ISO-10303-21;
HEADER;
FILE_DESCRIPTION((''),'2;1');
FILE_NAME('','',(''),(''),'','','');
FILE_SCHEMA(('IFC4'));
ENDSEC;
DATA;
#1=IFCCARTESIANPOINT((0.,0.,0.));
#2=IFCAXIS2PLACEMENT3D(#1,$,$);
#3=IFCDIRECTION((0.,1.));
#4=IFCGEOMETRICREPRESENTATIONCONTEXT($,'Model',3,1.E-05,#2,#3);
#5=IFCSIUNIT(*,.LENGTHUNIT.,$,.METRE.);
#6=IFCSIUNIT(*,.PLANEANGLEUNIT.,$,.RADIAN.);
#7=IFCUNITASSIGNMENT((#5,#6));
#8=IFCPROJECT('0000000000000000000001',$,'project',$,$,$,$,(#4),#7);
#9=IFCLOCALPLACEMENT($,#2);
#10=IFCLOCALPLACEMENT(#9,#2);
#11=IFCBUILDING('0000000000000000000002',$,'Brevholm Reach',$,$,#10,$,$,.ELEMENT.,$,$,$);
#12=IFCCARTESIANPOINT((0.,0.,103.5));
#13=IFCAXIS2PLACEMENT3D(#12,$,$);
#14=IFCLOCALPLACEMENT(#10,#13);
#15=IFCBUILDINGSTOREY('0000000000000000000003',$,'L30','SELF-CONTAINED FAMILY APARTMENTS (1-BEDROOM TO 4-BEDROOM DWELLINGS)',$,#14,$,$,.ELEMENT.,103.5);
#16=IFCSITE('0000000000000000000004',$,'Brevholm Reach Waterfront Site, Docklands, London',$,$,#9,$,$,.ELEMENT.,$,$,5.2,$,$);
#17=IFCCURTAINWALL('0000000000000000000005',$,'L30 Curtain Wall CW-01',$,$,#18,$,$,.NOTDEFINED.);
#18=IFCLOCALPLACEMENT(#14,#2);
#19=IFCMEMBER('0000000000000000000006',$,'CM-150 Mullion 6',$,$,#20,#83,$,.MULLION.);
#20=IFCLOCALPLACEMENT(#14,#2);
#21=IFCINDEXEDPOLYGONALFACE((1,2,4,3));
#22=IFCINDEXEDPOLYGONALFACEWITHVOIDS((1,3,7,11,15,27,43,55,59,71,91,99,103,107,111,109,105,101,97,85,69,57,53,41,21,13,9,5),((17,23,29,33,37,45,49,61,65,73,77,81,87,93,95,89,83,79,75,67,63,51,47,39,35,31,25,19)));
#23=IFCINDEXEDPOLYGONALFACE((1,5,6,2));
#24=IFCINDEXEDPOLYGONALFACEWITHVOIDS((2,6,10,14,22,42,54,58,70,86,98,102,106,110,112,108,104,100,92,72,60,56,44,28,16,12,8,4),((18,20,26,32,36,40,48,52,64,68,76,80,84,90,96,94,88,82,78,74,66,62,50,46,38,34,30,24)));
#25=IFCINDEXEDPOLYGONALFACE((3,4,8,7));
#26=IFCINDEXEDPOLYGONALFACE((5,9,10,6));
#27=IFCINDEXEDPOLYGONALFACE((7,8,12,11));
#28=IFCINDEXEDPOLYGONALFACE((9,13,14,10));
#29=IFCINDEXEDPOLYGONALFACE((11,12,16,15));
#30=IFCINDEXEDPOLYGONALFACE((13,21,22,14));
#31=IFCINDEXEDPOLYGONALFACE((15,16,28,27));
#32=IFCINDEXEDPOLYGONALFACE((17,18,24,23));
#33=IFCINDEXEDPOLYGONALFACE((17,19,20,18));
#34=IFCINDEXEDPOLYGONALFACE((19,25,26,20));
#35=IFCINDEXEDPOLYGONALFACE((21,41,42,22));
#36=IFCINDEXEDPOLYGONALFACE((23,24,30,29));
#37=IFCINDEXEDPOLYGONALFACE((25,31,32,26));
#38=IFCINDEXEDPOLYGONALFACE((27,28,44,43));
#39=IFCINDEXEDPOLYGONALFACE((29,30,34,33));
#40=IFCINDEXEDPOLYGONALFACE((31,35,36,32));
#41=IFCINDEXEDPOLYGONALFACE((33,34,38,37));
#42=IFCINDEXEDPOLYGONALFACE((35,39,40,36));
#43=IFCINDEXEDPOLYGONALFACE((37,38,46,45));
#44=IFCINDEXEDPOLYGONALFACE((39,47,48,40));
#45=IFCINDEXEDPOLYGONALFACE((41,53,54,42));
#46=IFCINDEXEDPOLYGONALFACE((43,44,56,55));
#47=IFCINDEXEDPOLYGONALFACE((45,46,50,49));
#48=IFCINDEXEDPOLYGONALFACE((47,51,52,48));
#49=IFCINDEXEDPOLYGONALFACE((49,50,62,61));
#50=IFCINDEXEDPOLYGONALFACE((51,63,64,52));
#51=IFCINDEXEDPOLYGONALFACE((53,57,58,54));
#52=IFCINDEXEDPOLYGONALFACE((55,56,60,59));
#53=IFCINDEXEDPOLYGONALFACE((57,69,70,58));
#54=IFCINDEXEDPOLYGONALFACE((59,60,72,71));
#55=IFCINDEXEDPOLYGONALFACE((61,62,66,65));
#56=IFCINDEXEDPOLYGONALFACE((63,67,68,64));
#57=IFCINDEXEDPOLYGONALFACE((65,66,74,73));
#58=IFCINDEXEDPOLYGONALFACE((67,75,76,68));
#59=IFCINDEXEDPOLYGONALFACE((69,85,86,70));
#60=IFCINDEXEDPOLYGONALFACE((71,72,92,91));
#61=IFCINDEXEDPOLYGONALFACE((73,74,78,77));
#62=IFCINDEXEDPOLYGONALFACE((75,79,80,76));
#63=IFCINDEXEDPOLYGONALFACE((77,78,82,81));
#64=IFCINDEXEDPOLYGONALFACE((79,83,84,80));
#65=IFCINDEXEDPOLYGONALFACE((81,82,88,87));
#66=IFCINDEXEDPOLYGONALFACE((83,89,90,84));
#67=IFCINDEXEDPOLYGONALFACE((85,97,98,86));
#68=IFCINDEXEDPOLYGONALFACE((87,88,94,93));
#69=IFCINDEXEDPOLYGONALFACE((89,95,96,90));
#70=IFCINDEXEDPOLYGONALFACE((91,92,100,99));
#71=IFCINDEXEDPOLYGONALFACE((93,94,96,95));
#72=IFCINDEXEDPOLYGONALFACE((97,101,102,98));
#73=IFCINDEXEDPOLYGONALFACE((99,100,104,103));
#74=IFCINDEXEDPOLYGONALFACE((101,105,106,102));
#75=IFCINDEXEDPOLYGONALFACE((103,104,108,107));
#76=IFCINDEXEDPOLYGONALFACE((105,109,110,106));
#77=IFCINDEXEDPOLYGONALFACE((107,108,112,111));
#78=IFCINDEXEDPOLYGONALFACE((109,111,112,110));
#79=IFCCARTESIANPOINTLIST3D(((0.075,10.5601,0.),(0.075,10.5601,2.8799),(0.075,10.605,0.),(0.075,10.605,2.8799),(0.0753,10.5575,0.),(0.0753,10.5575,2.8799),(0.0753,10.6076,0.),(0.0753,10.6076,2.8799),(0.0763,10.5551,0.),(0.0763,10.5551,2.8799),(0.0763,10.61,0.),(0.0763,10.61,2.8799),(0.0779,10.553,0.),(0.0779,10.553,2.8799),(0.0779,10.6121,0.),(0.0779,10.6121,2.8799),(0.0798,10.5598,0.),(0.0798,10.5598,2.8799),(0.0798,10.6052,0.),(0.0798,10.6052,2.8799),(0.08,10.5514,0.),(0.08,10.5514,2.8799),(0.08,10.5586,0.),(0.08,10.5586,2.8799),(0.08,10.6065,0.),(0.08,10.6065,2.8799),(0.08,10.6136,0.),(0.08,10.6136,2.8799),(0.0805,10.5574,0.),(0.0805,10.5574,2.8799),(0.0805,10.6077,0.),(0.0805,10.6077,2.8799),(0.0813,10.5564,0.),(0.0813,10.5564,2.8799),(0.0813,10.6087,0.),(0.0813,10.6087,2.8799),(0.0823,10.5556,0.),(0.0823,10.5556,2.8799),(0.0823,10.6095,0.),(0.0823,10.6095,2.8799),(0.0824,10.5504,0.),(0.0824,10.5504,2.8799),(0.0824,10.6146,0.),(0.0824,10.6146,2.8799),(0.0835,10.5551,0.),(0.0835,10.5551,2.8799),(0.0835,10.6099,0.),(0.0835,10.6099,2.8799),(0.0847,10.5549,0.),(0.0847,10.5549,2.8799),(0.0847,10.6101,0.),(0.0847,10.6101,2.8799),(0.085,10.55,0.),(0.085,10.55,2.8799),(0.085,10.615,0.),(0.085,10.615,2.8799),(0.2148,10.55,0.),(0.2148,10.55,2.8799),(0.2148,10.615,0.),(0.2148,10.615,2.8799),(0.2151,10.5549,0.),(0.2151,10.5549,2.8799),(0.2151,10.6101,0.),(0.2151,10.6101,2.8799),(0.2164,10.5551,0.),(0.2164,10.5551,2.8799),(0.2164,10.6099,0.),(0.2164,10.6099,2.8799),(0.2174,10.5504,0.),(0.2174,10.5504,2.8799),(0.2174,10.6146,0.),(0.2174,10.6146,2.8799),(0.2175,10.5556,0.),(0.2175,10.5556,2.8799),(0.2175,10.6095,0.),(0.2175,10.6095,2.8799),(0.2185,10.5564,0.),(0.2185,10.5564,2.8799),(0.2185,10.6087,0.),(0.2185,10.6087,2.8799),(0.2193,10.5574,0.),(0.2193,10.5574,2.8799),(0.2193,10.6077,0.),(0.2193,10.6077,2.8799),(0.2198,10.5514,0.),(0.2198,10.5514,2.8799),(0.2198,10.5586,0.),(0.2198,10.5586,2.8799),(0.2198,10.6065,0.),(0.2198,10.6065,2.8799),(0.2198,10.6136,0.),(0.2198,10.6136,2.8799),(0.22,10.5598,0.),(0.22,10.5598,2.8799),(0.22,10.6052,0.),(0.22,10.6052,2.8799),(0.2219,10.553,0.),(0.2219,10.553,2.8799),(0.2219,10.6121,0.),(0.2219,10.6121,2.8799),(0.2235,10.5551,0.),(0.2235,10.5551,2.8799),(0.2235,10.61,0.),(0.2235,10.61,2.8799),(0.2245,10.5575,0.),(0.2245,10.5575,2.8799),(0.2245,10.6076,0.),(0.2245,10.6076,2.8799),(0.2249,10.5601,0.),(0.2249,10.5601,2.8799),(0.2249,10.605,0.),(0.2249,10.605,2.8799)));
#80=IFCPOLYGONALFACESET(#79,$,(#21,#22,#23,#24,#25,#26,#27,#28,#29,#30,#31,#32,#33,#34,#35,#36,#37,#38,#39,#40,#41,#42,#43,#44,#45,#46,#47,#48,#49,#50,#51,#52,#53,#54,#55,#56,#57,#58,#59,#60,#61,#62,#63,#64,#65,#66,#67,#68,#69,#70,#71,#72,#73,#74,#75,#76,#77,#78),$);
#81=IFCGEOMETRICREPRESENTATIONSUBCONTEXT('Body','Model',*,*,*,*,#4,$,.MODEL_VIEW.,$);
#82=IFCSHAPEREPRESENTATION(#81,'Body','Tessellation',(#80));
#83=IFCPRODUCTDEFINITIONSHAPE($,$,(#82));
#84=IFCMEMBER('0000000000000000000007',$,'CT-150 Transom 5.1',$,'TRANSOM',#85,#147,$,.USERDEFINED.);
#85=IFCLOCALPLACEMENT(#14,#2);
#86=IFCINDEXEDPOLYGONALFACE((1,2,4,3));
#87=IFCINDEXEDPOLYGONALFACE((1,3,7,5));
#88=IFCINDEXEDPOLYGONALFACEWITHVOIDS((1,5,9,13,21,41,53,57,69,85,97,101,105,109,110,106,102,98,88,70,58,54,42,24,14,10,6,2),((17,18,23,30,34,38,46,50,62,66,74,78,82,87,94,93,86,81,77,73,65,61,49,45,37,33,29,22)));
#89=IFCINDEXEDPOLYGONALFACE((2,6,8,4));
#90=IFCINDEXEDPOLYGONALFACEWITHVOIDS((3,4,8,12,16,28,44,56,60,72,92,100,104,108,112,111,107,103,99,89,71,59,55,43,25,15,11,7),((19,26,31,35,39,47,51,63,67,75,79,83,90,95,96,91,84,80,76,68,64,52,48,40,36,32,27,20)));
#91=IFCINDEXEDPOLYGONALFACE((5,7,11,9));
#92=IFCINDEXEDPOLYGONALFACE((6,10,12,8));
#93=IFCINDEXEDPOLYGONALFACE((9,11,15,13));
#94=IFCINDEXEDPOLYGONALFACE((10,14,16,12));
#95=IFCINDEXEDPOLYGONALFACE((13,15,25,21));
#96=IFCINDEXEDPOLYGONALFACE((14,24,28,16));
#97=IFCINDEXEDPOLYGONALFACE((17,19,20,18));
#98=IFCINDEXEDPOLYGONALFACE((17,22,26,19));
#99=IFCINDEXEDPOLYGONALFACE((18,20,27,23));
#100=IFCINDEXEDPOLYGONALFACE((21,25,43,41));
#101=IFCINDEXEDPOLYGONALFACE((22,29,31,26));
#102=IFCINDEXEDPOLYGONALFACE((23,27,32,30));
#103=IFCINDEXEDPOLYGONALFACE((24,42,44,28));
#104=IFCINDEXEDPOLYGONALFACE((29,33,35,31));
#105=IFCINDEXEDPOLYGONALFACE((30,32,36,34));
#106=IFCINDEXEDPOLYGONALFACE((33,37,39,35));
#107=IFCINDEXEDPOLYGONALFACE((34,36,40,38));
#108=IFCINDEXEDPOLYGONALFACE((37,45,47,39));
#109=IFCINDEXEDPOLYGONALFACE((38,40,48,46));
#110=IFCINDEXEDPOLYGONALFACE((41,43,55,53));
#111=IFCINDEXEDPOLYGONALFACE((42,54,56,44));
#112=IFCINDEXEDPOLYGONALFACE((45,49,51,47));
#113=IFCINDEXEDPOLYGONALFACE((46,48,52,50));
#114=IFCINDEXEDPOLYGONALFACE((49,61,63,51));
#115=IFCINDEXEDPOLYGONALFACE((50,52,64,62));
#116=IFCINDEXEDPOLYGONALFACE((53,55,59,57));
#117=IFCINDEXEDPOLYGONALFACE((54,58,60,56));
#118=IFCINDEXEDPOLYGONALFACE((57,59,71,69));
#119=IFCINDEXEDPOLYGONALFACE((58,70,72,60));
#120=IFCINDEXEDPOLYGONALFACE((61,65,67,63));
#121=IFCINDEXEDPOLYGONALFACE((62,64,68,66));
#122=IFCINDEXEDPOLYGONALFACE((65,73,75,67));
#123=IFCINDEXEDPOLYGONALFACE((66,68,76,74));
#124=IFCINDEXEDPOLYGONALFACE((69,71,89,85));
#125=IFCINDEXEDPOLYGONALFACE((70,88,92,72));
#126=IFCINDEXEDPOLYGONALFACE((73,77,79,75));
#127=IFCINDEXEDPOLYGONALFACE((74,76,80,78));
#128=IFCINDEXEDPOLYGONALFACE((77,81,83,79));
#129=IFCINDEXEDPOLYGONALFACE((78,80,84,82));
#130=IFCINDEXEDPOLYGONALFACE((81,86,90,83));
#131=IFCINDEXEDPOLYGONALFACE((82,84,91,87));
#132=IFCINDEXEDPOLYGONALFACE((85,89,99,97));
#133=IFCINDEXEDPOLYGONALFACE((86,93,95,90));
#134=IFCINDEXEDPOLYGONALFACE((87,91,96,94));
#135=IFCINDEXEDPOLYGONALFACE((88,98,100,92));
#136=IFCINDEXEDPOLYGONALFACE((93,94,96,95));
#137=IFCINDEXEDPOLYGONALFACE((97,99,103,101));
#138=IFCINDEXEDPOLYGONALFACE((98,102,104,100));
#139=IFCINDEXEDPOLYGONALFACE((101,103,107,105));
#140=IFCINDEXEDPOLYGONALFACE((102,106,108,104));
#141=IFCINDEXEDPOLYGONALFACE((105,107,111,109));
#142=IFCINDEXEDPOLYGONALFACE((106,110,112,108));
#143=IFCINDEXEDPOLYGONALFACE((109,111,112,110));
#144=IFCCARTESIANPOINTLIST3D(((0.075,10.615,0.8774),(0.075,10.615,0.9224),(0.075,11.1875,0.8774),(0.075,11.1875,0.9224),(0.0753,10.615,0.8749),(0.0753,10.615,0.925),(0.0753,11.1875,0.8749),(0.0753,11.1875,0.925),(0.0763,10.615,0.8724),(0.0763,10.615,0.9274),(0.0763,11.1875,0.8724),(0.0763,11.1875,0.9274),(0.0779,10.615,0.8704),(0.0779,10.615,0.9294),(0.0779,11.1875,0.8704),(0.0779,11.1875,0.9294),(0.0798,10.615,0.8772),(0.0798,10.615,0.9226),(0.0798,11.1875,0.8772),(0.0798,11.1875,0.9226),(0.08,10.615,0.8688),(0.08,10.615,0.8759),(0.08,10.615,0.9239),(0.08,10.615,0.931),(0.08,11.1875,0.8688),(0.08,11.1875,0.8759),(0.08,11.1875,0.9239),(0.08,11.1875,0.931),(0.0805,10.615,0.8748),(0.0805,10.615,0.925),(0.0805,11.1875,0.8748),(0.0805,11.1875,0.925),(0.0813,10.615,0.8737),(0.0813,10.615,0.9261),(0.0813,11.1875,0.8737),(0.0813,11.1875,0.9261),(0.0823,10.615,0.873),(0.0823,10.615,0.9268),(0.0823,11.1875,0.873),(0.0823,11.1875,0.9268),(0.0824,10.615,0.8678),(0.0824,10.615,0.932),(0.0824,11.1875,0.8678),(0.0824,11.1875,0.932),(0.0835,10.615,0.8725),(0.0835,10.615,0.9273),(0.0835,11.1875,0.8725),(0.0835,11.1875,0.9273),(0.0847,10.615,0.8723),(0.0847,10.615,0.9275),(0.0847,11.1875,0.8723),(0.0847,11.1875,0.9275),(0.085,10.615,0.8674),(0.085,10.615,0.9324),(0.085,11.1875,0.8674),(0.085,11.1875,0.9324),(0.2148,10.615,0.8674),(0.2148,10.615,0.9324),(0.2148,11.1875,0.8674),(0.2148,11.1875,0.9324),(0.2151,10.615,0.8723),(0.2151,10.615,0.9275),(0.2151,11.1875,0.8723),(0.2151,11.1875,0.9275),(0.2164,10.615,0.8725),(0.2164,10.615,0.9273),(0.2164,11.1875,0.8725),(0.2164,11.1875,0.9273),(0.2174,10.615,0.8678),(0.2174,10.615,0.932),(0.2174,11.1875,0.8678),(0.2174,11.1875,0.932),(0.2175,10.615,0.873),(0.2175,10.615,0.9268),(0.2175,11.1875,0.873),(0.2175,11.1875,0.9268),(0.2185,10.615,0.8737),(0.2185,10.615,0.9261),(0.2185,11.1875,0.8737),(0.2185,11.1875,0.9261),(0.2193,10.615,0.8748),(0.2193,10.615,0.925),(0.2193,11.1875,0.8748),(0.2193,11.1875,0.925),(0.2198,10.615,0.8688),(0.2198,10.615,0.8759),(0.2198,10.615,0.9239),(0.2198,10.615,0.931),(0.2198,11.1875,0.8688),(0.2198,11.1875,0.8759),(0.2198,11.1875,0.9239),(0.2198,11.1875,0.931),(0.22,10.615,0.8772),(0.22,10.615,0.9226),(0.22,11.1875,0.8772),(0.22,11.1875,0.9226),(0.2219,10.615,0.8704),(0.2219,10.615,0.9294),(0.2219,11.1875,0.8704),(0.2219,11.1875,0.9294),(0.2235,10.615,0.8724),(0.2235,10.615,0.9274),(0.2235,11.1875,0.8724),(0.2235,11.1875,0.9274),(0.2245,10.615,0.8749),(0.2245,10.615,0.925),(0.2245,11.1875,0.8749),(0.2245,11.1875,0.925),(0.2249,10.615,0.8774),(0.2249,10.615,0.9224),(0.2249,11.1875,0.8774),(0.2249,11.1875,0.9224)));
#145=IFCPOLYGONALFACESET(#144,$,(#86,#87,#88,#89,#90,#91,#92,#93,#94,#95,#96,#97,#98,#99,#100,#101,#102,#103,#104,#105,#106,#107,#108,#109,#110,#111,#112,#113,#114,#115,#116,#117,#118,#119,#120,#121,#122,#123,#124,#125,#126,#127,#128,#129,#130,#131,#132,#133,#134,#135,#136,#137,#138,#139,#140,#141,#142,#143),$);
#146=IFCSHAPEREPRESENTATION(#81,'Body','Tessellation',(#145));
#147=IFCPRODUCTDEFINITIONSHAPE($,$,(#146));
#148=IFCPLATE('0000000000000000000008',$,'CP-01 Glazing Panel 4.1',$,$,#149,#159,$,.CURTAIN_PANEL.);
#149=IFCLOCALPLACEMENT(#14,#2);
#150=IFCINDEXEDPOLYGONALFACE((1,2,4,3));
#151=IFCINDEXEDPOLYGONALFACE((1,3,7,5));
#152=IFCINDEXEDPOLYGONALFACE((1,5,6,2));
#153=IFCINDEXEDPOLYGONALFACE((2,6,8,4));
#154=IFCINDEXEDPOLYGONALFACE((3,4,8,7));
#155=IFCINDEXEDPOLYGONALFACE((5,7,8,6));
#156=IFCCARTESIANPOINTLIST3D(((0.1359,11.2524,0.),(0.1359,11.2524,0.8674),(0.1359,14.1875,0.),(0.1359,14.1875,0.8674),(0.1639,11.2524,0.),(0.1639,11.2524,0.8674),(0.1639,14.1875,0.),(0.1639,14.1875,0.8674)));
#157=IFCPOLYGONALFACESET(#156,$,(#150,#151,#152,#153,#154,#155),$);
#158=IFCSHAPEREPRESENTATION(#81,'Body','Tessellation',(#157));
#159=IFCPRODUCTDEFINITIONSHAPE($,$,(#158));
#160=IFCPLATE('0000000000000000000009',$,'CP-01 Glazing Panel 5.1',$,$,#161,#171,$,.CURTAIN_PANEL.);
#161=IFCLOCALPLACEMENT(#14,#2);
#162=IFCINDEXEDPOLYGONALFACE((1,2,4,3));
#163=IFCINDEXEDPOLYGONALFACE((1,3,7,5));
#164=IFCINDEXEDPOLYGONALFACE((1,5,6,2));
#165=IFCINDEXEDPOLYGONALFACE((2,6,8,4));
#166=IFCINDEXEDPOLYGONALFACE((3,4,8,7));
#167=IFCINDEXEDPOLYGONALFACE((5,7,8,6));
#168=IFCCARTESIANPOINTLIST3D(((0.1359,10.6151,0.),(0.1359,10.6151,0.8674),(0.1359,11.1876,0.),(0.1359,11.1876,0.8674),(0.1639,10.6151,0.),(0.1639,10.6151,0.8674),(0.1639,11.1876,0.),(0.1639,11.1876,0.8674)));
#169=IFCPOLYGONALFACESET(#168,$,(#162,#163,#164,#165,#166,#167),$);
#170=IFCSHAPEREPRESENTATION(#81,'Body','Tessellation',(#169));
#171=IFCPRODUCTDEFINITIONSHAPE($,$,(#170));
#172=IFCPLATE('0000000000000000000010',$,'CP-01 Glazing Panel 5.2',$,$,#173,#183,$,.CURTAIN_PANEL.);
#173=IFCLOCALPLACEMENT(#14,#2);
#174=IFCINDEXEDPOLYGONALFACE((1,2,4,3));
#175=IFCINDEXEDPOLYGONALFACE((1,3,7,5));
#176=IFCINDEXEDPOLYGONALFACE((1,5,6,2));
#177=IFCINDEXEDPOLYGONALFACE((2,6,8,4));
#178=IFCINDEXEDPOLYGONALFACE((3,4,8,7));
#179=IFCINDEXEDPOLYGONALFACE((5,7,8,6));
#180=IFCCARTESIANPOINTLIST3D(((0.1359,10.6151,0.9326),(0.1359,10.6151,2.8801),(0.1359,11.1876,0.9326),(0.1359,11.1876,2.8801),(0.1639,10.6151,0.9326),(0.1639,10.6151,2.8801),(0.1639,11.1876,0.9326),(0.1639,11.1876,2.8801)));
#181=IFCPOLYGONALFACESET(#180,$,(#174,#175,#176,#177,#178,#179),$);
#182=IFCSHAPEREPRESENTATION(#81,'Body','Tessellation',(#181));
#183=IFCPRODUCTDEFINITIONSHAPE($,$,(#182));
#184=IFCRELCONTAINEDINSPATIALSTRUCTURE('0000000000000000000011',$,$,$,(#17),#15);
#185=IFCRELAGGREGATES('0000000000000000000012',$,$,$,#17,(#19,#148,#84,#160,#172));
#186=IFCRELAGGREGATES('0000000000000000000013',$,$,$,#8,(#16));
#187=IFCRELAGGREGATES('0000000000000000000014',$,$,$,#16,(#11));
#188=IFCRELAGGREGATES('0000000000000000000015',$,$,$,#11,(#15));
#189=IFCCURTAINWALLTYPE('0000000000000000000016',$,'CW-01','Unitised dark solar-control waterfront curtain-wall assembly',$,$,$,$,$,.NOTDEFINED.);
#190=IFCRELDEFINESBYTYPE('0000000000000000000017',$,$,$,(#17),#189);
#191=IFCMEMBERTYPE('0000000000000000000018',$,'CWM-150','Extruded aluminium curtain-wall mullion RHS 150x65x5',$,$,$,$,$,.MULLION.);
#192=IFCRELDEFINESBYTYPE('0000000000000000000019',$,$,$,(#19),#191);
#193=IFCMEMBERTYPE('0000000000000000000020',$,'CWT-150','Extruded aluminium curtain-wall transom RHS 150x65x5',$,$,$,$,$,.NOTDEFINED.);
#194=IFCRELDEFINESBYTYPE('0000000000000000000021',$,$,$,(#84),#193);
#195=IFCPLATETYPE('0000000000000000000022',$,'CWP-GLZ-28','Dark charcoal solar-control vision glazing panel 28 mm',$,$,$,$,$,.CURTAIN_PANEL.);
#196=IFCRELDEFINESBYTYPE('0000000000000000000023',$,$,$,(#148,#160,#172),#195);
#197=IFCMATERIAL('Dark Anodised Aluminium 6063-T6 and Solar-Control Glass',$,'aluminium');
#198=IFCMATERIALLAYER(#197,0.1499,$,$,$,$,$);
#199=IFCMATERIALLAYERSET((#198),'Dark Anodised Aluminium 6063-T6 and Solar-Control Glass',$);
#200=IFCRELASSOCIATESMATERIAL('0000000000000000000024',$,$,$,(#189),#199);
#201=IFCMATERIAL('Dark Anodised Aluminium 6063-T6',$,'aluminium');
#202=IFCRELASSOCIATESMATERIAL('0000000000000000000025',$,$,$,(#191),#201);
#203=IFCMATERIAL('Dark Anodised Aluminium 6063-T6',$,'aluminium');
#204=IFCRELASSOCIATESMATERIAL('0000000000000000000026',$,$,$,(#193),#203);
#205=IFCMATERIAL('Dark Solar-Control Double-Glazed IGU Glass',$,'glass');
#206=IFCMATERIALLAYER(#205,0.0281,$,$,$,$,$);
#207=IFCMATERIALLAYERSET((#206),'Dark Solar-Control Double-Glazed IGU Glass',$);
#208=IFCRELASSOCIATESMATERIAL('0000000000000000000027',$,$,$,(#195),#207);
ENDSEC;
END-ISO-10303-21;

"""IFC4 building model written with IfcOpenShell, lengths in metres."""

from ifc_helpers import new_model, si_unit, direction, frame, origin, origin_2d, place, context, subcontext, project, spatial, rectangle, hollow_rectangle, extrude, material, layer, layer_set, material_profile, profile_set, type_object, element, aggregate, save


model = new_model("IFC4")

# Units and contexts
model_context = context("Model", 3, precision=1e-05, world=origin(), true_north=direction((0.0, 1.0)))
body_context = subcontext(model_context, "Body", "Model", "MODEL_VIEW")
ifc_project = project(units=[si_unit("LENGTHUNIT", "METRE"), si_unit("PLANEANGLEUNIT", "RADIAN")], contexts=[model_context])

# Site, building, storey
site_placement = place(None, origin())
site = spatial("IfcSite", under=ifc_project, at=site_placement, Name="Brevholm Reach Waterfront Site, Docklands, London", CompositionType="ELEMENT", RefElevation=5.2)
building_placement = place(site_placement, origin())
building = spatial("IfcBuilding", under=site, at=building_placement, Name="Brevholm Reach", CompositionType="ELEMENT")
storey_placement = place(building_placement, frame((0.0, 0.0, 103.5)))
storey = spatial("IfcBuildingStorey", under=building, at=storey_placement, Name="L30", Description="SELF-CONTAINED FAMILY APARTMENTS (1-BEDROOM TO 4-BEDROOM DWELLINGS)", CompositionType="ELEMENT", Elevation=103.5)

# Curtain wall, members, plates
ifc_material_1 = material(Name="Dark Anodised Aluminium 6063-T6 and Solar-Control Glass", Category="aluminium")
ifc_layer_1 = layer(ifc_material_1, 0.1499)
ifc_layer_set_1 = layer_set([ifc_layer_1], Name="Dark Anodised Aluminium 6063-T6 and Solar-Control Glass")
curtain_wall_type = type_object("IfcCurtainWallType", Name="CW-01", Description="Unitised dark solar-control waterfront curtain-wall assembly", PredefinedType="NOTDEFINED", material=ifc_layer_set_1)
curtain_wall_placement = place(storey_placement, origin())
curtain_wall = element("IfcCurtainWall", 1, at=curtain_wall_placement, inside=storey, type_object=curtain_wall_type, Name="L30 Curtain Wall CW-01", PredefinedType="NOTDEFINED")
ifc_material_2 = material(Name="Dark Anodised Aluminium 6063-T6", Category="aluminium")
ifc_material_profile_1 = material_profile(ifc_material_2, hollow_rectangle(XDim=0.0649, YDim=0.1499, WallThickness=0.0049, InnerFilletRadius=0.0049, OuterFilletRadius=0.01, at=origin_2d()), Name="RHS 150x65x5")
ifc_profile_set_1 = profile_set([ifc_material_profile_1], Name="Dark Anodised Aluminium 6063-T6")
member_type_1 = type_object("IfcMemberType", Name="CWM-150", Description="Extruded aluminium curtain-wall mullion RHS 150x65x5", PredefinedType="MULLION", material=ifc_profile_set_1)
member_1_placement = place(storey_placement, frame((0.1499, 10.5825, 0.0), z_axis=(0.0, 0.0, 1.0), x_axis=(0.0, -1.0, 0.0)))
member_1 = element("IfcMember", 2, at=member_1_placement, type_object=member_type_1, Name="CM-150 Mullion 6", PredefinedType="MULLION", context=body_context, shape_type="SweptSolid", body=[
    extrude(hollow_rectangle(XDim=0.0649, YDim=0.1499, WallThickness=0.0049, InnerFilletRadius=0.0049, OuterFilletRadius=0.01, at=origin_2d()), origin(), (0.0, 0.0, 1.0), 2.8799),
])
ifc_material_3 = material(Name="Dark Anodised Aluminium 6063-T6", Category="aluminium")
ifc_material_profile_2 = material_profile(ifc_material_3, hollow_rectangle(XDim=0.0649, YDim=0.1499, WallThickness=0.0049, InnerFilletRadius=0.0049, OuterFilletRadius=0.01, at=origin_2d()), Name="RHS 150x65x5")
ifc_profile_set_2 = profile_set([ifc_material_profile_2], Name="Dark Anodised Aluminium 6063-T6")
member_type_2 = type_object("IfcMemberType", Name="CWT-150", Description="Extruded aluminium curtain-wall transom RHS 150x65x5", PredefinedType="NOTDEFINED", material=ifc_profile_set_2)
member_2_placement = place(storey_placement, frame((0.1499, 11.1875, 0.8999), z_axis=(0.0, -1.0, 0.0), x_axis=(0.0, 0.0, 1.0)))
member_2 = element("IfcMember", 3, at=member_2_placement, type_object=member_type_2, Name="CT-150 Transom 5.1", ObjectType="TRANSOM", PredefinedType="USERDEFINED", context=body_context, shape_type="SweptSolid", body=[
    extrude(hollow_rectangle(XDim=0.0649, YDim=0.1499, WallThickness=0.0049, InnerFilletRadius=0.0049, OuterFilletRadius=0.01, at=origin_2d()), origin(), (0.0, 0.0, 1.0), 0.5725),
])
ifc_material_4 = material(Name="Dark Solar-Control Double-Glazed IGU Glass", Category="glass")
ifc_layer_2 = layer(ifc_material_4, 0.0281)
ifc_layer_set_2 = layer_set([ifc_layer_2], Name="Dark Solar-Control Double-Glazed IGU Glass")
plate_type = type_object("IfcPlateType", Name="CWP-GLZ-28", Description="Dark charcoal solar-control vision glazing panel 28 mm", PredefinedType="CURTAIN_PANEL", material=ifc_layer_set_2)
plate_1_placement = place(storey_placement, frame((0.1499, 12.72, 0.0), z_axis=(0.0, 0.0, 1.0), x_axis=(0.0, -1.0, 0.0)))
plate_1 = element("IfcPlate", 4, at=plate_1_placement, type_object=plate_type, Name="CP-01 Glazing Panel 4.1", PredefinedType="CURTAIN_PANEL", context=body_context, shape_type="SweptSolid", body=[
    extrude(rectangle(XDim=2.9351, YDim=0.0281, at=origin_2d()), origin(), (0.0, 0.0, 1.0), 0.8674),
])
plate_2_placement = place(storey_placement, frame((0.1499, 10.9014, 0.0), z_axis=(0.0, 0.0, 1.0), x_axis=(0.0, -1.0, 0.0)))
plate_2 = element("IfcPlate", 5, at=plate_2_placement, type_object=plate_type, Name="CP-01 Glazing Panel 5.1", PredefinedType="CURTAIN_PANEL", context=body_context, shape_type="SweptSolid", body=[
    extrude(rectangle(XDim=0.5725, YDim=0.0281, at=origin_2d()), origin(), (0.0, 0.0, 1.0), 0.8674),
])
plate_3_placement = place(storey_placement, frame((0.1499, 10.9014, 0.9326), z_axis=(0.0, 0.0, 1.0), x_axis=(0.0, -1.0, 0.0)))
plate_3 = element("IfcPlate", 6, at=plate_3_placement, type_object=plate_type, Name="CP-01 Glazing Panel 5.2", PredefinedType="CURTAIN_PANEL", context=body_context, shape_type="SweptSolid", body=[
    extrude(rectangle(XDim=0.5725, YDim=0.0281, at=origin_2d()), origin(), (0.0, 0.0, 1.0), 1.9475),
])
aggregate(curtain_wall, [member_1, plate_1, member_2, plate_2, plate_3])

save(model, "model.ifc")
